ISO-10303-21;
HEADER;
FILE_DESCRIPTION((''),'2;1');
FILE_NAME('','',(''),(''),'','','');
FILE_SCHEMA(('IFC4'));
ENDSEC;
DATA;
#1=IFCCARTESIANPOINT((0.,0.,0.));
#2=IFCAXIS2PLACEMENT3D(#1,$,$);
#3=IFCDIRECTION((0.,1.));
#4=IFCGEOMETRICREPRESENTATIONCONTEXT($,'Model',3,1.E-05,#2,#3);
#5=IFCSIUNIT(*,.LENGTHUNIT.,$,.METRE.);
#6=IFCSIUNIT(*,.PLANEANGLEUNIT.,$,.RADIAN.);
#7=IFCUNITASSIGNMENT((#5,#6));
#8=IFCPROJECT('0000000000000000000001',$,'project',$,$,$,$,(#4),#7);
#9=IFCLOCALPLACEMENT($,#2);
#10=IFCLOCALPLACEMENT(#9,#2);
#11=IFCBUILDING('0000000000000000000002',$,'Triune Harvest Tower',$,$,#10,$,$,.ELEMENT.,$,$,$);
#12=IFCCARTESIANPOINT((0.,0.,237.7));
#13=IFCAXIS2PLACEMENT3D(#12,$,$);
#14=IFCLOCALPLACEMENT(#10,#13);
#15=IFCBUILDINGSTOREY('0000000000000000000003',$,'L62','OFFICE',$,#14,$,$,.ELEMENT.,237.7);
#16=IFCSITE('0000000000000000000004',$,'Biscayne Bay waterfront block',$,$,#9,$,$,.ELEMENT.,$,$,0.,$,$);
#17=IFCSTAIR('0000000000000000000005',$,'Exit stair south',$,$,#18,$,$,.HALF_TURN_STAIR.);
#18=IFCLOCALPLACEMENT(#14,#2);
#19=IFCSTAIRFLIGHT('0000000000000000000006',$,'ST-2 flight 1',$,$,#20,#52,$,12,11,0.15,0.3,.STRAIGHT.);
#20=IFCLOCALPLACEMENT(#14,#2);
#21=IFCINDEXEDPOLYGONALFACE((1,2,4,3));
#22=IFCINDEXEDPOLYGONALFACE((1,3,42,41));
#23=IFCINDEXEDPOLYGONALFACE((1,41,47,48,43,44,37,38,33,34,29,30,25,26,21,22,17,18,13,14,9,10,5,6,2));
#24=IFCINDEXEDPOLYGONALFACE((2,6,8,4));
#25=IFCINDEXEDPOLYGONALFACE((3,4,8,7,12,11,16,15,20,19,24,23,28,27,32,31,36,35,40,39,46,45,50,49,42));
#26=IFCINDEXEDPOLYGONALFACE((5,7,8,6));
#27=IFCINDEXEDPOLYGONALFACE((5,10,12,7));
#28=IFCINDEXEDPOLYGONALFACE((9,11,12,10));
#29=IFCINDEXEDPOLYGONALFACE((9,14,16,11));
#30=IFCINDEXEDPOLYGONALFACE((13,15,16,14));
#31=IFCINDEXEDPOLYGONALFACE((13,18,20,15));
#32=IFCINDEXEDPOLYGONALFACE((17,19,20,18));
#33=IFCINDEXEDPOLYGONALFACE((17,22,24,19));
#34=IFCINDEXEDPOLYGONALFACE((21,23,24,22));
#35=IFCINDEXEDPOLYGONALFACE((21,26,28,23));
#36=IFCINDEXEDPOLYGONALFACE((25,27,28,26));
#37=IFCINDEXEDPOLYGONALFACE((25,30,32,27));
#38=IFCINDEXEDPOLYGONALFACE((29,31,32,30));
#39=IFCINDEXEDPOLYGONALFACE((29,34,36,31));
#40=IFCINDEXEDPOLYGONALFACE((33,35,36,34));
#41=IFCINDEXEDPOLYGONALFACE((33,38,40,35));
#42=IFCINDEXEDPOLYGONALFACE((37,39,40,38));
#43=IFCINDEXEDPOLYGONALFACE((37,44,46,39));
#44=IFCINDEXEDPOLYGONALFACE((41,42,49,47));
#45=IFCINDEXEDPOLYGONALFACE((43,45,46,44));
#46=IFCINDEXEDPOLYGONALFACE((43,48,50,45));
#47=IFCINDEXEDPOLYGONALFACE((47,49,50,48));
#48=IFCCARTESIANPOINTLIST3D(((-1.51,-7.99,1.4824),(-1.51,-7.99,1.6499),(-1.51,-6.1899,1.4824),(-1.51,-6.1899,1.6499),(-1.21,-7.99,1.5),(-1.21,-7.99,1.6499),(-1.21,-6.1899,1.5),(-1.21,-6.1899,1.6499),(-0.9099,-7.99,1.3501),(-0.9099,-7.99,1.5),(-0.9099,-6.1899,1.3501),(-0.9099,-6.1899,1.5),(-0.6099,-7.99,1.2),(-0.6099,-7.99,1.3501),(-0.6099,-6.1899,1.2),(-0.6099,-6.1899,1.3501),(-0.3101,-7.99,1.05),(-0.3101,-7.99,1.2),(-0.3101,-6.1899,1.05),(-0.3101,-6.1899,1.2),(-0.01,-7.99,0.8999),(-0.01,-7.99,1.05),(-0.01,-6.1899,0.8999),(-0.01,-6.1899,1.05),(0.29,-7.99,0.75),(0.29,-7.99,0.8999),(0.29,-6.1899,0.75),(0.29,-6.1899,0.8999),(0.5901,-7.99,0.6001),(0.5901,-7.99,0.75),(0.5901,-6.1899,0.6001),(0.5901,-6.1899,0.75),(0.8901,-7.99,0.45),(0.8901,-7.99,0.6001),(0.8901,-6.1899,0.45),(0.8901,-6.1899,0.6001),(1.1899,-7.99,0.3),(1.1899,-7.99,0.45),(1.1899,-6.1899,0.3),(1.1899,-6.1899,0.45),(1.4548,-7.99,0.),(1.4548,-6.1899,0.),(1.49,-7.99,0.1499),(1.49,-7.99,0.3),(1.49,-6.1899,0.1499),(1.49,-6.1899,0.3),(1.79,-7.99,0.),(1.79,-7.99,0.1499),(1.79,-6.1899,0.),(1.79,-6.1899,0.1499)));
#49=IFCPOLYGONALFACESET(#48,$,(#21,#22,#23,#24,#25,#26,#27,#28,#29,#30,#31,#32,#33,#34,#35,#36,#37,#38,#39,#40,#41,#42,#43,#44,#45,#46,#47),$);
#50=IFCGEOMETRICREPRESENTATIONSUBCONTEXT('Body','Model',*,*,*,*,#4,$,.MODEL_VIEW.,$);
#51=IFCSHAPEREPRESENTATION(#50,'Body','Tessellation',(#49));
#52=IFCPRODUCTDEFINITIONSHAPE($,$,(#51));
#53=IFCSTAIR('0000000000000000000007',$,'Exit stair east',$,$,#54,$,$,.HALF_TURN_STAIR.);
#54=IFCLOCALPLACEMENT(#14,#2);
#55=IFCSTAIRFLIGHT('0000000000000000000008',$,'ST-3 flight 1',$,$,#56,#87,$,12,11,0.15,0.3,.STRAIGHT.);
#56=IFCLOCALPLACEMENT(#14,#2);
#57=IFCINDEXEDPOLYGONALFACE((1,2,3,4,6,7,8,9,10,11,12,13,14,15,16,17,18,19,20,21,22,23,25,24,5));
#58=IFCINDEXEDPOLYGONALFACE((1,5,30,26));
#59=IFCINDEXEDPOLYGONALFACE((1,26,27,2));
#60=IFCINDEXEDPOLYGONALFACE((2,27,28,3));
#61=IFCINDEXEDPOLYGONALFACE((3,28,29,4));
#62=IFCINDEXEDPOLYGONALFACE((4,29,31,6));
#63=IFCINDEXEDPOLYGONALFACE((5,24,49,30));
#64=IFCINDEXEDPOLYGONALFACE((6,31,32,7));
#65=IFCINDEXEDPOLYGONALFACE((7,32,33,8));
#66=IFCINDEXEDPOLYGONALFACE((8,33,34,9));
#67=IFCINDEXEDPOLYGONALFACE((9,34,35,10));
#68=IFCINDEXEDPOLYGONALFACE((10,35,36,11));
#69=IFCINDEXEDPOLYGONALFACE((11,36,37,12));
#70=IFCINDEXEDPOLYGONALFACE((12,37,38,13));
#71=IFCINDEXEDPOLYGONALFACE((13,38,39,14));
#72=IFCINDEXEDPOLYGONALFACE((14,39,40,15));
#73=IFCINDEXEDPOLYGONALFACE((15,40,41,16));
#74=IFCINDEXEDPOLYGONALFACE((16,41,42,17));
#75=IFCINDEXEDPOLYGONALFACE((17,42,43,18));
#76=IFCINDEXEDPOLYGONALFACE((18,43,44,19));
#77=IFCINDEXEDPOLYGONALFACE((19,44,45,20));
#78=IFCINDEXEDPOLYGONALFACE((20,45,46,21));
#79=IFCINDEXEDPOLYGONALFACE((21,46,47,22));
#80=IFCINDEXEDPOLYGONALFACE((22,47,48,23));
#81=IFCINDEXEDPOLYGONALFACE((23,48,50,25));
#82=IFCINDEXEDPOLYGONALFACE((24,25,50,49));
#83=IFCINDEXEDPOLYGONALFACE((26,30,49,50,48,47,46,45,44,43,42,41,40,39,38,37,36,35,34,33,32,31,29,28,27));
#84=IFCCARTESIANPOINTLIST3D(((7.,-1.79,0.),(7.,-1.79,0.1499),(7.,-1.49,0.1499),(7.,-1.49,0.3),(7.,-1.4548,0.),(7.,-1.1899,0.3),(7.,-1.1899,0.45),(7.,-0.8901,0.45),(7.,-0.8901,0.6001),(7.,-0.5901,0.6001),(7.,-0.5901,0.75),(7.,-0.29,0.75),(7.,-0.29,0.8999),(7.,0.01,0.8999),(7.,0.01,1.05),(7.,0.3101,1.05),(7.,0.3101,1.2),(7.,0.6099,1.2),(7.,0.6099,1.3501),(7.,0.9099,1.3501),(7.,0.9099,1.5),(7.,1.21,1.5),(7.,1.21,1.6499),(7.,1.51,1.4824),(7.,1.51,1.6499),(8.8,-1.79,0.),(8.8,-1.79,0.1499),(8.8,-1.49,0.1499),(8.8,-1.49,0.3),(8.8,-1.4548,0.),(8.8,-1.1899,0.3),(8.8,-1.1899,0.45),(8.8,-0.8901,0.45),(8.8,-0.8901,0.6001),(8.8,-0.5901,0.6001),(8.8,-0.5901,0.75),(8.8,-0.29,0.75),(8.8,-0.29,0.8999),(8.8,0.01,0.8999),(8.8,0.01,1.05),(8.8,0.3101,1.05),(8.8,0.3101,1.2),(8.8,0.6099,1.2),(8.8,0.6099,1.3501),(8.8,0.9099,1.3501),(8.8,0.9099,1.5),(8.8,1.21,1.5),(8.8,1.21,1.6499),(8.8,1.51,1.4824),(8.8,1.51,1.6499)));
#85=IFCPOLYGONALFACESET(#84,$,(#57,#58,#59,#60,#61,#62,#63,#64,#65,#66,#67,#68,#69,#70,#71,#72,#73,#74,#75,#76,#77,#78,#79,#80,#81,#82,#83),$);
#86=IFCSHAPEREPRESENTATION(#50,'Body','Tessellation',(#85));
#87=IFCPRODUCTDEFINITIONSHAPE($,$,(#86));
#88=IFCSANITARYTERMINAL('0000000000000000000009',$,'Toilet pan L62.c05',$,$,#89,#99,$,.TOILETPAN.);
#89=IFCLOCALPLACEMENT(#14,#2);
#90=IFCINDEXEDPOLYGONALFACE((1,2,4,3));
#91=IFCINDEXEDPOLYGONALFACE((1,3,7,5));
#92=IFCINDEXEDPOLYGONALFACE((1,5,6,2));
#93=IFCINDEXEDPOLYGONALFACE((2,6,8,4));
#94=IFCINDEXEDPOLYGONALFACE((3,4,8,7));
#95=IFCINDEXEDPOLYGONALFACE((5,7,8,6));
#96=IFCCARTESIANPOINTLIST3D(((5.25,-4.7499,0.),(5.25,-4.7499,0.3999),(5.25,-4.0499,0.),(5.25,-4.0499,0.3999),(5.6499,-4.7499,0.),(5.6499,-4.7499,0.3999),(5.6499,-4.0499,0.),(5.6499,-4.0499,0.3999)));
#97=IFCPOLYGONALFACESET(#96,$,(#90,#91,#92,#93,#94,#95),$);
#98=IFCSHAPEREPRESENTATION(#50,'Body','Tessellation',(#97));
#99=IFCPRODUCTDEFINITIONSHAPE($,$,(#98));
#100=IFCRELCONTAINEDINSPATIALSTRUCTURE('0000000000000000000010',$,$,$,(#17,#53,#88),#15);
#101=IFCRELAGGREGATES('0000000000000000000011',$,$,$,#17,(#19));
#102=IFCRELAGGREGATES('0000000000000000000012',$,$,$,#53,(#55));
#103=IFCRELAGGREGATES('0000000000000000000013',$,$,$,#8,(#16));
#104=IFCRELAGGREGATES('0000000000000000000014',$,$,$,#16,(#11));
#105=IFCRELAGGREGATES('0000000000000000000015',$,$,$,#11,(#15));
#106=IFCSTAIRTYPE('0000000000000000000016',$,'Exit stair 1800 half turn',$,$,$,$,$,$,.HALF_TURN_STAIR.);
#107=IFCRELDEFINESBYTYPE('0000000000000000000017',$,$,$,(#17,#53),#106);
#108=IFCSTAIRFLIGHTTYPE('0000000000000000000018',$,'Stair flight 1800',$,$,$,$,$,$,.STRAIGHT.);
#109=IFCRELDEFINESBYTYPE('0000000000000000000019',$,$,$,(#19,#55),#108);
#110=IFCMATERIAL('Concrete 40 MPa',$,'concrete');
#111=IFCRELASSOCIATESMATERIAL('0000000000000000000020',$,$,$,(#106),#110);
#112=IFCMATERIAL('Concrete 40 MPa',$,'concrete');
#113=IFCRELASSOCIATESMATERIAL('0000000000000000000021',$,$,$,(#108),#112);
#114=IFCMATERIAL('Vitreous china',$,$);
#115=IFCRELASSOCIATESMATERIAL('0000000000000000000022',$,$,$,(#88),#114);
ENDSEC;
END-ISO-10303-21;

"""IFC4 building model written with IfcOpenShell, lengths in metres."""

from ifc_helpers import new_model, si_unit, direction, frame, origin, origin_2d, place, context, subcontext, project, spatial, polyline, rectangle, outline, extrude, source, transform, mapped, material, type_object, element, aggregate, save


model = new_model("IFC4")

# Units and contexts
model_context = context("Model", 3, precision=1e-05, world=origin(), true_north=direction((0.0, 1.0)))
body_context = subcontext(model_context, "Body", "Model", "MODEL_VIEW")
ifc_project = project(units=[si_unit("LENGTHUNIT", "METRE"), si_unit("PLANEANGLEUNIT", "RADIAN")], contexts=[model_context])

# Site, building, storey
site_placement = place(None, origin())
site = spatial("IfcSite", under=ifc_project, at=site_placement, Name="Biscayne Bay waterfront block", CompositionType="ELEMENT", RefElevation=0.0)
building_placement = place(site_placement, origin())
building = spatial("IfcBuilding", under=site, at=building_placement, Name="Triune Harvest Tower", CompositionType="ELEMENT")
storey_placement = place(building_placement, frame((0.0, 0.0, 237.7)))
storey = spatial("IfcBuildingStorey", under=building, at=storey_placement, Name="L62", Description="OFFICE", CompositionType="ELEMENT", Elevation=237.7)

# Stairs, stair flights
ifc_material_1 = material(Name="Concrete 40 MPa", Category="concrete")
stair_type = type_object("IfcStairType", Name="Exit stair 1800 half turn", PredefinedType="HALF_TURN_STAIR", material=ifc_material_1)
stair_1_placement = place(storey_placement, origin())
stair_1 = element("IfcStair", 1, at=stair_1_placement, inside=storey, type_object=stair_type, Name="Exit stair south", PredefinedType="HALF_TURN_STAIR")
ifc_material_2 = material(Name="Concrete 40 MPa", Category="concrete")
stair_flight_type = type_object("IfcStairFlightType", Name="Stair flight 1800", PredefinedType="STRAIGHT", material=ifc_material_2)
shared_shape_1 = source(origin(), body_context, "Body", "SweptSolid", [
    extrude(outline(polyline([(0.0, 0.0), (0.0, 0.1499), (0.3, 0.1499), (0.3, 0.3), (0.6001, 0.3), (0.6001, 0.45), (0.8999, 0.45), (0.8999, 0.6001), (1.2, 0.6001), (1.2, 0.75), (1.5, 0.75), (1.5, 0.8999), (1.8, 0.8999), (1.8, 1.05), (2.1001, 1.05), (2.1001, 1.2), (2.3999, 1.2), (2.3999, 1.3501), (2.7, 1.3501), (2.7, 1.5), (3.0, 1.5), (3.0, 1.6499), (3.3, 1.6499), (3.3, 1.8), (3.3, 1.4824), (0.3352, 0.0), (0.0, 0.0)])), frame((0.0, 0.8999, 0.0), z_axis=(0.0, -1.0, 0.0), x_axis=(1.0, 0.0, 0.0)), (0.0, 0.0, 1.0), 1.8),
])
stair_flight_1_placement = place(storey_placement, frame((1.79, -7.0901, 0.0), z_axis=(0.0, 0.0, 1.0), x_axis=(-1.0, 0.0, 0.0)))
stair_flight_1 = element("IfcStairFlight", 2, at=stair_flight_1_placement, type_object=stair_flight_type, Name="ST-2 flight 1", NumberOfRisers=12, NumberOfTreads=11, PredefinedType="STRAIGHT", RiserHeight=0.15, TreadLength=0.3, context=body_context, shape_type="MappedRepresentation", body=[
    mapped(shared_shape_1, transform((0.0, 0.0, 0.0), scale=1.0)),
])
aggregate(stair_1, [stair_flight_1])
stair_2_placement = place(storey_placement, origin())
stair_2 = element("IfcStair", 3, at=stair_2_placement, inside=storey, type_object=stair_type, Name="Exit stair east", PredefinedType="HALF_TURN_STAIR")
stair_flight_2_placement = place(storey_placement, frame((7.8999, -1.79, 0.0), z_axis=(0.0, 0.0, 1.0), x_axis=(0.0, 1.0, 0.0)))
stair_flight_2 = element("IfcStairFlight", 4, at=stair_flight_2_placement, type_object=stair_flight_type, Name="ST-3 flight 1", NumberOfRisers=12, NumberOfTreads=11, PredefinedType="STRAIGHT", RiserHeight=0.15, TreadLength=0.3, context=body_context, shape_type="MappedRepresentation", body=[
    mapped(shared_shape_1, transform((0.0, 0.0, 0.0), scale=1.0)),
])
aggregate(stair_2, [stair_flight_2])

# Sanitary terminal
ifc_material_3 = material(Name="Vitreous china")
shared_shape_2 = source(origin(), body_context, "Body", "SweptSolid", [
    extrude(rectangle(XDim=0.3999, YDim=0.7, at=origin_2d()), origin(), (0.0, 0.0, 1.0), 0.3999),
])
sanitary_terminal_placement = place(storey_placement, frame((5.45, -4.3999, 0.0), z_axis=(0.0, 0.0, 1.0), x_axis=(1.0, 0.0, 0.0)))
element("IfcSanitaryTerminal", 5, at=sanitary_terminal_placement, inside=storey, material=ifc_material_3, Name="Toilet pan L62.c05", PredefinedType="TOILETPAN", context=body_context, shape_type="MappedRepresentation", body=[
    mapped(shared_shape_2, transform((0.0, 0.0, 0.0), scale=1.0)),
])

save(model, "model.ifc")
